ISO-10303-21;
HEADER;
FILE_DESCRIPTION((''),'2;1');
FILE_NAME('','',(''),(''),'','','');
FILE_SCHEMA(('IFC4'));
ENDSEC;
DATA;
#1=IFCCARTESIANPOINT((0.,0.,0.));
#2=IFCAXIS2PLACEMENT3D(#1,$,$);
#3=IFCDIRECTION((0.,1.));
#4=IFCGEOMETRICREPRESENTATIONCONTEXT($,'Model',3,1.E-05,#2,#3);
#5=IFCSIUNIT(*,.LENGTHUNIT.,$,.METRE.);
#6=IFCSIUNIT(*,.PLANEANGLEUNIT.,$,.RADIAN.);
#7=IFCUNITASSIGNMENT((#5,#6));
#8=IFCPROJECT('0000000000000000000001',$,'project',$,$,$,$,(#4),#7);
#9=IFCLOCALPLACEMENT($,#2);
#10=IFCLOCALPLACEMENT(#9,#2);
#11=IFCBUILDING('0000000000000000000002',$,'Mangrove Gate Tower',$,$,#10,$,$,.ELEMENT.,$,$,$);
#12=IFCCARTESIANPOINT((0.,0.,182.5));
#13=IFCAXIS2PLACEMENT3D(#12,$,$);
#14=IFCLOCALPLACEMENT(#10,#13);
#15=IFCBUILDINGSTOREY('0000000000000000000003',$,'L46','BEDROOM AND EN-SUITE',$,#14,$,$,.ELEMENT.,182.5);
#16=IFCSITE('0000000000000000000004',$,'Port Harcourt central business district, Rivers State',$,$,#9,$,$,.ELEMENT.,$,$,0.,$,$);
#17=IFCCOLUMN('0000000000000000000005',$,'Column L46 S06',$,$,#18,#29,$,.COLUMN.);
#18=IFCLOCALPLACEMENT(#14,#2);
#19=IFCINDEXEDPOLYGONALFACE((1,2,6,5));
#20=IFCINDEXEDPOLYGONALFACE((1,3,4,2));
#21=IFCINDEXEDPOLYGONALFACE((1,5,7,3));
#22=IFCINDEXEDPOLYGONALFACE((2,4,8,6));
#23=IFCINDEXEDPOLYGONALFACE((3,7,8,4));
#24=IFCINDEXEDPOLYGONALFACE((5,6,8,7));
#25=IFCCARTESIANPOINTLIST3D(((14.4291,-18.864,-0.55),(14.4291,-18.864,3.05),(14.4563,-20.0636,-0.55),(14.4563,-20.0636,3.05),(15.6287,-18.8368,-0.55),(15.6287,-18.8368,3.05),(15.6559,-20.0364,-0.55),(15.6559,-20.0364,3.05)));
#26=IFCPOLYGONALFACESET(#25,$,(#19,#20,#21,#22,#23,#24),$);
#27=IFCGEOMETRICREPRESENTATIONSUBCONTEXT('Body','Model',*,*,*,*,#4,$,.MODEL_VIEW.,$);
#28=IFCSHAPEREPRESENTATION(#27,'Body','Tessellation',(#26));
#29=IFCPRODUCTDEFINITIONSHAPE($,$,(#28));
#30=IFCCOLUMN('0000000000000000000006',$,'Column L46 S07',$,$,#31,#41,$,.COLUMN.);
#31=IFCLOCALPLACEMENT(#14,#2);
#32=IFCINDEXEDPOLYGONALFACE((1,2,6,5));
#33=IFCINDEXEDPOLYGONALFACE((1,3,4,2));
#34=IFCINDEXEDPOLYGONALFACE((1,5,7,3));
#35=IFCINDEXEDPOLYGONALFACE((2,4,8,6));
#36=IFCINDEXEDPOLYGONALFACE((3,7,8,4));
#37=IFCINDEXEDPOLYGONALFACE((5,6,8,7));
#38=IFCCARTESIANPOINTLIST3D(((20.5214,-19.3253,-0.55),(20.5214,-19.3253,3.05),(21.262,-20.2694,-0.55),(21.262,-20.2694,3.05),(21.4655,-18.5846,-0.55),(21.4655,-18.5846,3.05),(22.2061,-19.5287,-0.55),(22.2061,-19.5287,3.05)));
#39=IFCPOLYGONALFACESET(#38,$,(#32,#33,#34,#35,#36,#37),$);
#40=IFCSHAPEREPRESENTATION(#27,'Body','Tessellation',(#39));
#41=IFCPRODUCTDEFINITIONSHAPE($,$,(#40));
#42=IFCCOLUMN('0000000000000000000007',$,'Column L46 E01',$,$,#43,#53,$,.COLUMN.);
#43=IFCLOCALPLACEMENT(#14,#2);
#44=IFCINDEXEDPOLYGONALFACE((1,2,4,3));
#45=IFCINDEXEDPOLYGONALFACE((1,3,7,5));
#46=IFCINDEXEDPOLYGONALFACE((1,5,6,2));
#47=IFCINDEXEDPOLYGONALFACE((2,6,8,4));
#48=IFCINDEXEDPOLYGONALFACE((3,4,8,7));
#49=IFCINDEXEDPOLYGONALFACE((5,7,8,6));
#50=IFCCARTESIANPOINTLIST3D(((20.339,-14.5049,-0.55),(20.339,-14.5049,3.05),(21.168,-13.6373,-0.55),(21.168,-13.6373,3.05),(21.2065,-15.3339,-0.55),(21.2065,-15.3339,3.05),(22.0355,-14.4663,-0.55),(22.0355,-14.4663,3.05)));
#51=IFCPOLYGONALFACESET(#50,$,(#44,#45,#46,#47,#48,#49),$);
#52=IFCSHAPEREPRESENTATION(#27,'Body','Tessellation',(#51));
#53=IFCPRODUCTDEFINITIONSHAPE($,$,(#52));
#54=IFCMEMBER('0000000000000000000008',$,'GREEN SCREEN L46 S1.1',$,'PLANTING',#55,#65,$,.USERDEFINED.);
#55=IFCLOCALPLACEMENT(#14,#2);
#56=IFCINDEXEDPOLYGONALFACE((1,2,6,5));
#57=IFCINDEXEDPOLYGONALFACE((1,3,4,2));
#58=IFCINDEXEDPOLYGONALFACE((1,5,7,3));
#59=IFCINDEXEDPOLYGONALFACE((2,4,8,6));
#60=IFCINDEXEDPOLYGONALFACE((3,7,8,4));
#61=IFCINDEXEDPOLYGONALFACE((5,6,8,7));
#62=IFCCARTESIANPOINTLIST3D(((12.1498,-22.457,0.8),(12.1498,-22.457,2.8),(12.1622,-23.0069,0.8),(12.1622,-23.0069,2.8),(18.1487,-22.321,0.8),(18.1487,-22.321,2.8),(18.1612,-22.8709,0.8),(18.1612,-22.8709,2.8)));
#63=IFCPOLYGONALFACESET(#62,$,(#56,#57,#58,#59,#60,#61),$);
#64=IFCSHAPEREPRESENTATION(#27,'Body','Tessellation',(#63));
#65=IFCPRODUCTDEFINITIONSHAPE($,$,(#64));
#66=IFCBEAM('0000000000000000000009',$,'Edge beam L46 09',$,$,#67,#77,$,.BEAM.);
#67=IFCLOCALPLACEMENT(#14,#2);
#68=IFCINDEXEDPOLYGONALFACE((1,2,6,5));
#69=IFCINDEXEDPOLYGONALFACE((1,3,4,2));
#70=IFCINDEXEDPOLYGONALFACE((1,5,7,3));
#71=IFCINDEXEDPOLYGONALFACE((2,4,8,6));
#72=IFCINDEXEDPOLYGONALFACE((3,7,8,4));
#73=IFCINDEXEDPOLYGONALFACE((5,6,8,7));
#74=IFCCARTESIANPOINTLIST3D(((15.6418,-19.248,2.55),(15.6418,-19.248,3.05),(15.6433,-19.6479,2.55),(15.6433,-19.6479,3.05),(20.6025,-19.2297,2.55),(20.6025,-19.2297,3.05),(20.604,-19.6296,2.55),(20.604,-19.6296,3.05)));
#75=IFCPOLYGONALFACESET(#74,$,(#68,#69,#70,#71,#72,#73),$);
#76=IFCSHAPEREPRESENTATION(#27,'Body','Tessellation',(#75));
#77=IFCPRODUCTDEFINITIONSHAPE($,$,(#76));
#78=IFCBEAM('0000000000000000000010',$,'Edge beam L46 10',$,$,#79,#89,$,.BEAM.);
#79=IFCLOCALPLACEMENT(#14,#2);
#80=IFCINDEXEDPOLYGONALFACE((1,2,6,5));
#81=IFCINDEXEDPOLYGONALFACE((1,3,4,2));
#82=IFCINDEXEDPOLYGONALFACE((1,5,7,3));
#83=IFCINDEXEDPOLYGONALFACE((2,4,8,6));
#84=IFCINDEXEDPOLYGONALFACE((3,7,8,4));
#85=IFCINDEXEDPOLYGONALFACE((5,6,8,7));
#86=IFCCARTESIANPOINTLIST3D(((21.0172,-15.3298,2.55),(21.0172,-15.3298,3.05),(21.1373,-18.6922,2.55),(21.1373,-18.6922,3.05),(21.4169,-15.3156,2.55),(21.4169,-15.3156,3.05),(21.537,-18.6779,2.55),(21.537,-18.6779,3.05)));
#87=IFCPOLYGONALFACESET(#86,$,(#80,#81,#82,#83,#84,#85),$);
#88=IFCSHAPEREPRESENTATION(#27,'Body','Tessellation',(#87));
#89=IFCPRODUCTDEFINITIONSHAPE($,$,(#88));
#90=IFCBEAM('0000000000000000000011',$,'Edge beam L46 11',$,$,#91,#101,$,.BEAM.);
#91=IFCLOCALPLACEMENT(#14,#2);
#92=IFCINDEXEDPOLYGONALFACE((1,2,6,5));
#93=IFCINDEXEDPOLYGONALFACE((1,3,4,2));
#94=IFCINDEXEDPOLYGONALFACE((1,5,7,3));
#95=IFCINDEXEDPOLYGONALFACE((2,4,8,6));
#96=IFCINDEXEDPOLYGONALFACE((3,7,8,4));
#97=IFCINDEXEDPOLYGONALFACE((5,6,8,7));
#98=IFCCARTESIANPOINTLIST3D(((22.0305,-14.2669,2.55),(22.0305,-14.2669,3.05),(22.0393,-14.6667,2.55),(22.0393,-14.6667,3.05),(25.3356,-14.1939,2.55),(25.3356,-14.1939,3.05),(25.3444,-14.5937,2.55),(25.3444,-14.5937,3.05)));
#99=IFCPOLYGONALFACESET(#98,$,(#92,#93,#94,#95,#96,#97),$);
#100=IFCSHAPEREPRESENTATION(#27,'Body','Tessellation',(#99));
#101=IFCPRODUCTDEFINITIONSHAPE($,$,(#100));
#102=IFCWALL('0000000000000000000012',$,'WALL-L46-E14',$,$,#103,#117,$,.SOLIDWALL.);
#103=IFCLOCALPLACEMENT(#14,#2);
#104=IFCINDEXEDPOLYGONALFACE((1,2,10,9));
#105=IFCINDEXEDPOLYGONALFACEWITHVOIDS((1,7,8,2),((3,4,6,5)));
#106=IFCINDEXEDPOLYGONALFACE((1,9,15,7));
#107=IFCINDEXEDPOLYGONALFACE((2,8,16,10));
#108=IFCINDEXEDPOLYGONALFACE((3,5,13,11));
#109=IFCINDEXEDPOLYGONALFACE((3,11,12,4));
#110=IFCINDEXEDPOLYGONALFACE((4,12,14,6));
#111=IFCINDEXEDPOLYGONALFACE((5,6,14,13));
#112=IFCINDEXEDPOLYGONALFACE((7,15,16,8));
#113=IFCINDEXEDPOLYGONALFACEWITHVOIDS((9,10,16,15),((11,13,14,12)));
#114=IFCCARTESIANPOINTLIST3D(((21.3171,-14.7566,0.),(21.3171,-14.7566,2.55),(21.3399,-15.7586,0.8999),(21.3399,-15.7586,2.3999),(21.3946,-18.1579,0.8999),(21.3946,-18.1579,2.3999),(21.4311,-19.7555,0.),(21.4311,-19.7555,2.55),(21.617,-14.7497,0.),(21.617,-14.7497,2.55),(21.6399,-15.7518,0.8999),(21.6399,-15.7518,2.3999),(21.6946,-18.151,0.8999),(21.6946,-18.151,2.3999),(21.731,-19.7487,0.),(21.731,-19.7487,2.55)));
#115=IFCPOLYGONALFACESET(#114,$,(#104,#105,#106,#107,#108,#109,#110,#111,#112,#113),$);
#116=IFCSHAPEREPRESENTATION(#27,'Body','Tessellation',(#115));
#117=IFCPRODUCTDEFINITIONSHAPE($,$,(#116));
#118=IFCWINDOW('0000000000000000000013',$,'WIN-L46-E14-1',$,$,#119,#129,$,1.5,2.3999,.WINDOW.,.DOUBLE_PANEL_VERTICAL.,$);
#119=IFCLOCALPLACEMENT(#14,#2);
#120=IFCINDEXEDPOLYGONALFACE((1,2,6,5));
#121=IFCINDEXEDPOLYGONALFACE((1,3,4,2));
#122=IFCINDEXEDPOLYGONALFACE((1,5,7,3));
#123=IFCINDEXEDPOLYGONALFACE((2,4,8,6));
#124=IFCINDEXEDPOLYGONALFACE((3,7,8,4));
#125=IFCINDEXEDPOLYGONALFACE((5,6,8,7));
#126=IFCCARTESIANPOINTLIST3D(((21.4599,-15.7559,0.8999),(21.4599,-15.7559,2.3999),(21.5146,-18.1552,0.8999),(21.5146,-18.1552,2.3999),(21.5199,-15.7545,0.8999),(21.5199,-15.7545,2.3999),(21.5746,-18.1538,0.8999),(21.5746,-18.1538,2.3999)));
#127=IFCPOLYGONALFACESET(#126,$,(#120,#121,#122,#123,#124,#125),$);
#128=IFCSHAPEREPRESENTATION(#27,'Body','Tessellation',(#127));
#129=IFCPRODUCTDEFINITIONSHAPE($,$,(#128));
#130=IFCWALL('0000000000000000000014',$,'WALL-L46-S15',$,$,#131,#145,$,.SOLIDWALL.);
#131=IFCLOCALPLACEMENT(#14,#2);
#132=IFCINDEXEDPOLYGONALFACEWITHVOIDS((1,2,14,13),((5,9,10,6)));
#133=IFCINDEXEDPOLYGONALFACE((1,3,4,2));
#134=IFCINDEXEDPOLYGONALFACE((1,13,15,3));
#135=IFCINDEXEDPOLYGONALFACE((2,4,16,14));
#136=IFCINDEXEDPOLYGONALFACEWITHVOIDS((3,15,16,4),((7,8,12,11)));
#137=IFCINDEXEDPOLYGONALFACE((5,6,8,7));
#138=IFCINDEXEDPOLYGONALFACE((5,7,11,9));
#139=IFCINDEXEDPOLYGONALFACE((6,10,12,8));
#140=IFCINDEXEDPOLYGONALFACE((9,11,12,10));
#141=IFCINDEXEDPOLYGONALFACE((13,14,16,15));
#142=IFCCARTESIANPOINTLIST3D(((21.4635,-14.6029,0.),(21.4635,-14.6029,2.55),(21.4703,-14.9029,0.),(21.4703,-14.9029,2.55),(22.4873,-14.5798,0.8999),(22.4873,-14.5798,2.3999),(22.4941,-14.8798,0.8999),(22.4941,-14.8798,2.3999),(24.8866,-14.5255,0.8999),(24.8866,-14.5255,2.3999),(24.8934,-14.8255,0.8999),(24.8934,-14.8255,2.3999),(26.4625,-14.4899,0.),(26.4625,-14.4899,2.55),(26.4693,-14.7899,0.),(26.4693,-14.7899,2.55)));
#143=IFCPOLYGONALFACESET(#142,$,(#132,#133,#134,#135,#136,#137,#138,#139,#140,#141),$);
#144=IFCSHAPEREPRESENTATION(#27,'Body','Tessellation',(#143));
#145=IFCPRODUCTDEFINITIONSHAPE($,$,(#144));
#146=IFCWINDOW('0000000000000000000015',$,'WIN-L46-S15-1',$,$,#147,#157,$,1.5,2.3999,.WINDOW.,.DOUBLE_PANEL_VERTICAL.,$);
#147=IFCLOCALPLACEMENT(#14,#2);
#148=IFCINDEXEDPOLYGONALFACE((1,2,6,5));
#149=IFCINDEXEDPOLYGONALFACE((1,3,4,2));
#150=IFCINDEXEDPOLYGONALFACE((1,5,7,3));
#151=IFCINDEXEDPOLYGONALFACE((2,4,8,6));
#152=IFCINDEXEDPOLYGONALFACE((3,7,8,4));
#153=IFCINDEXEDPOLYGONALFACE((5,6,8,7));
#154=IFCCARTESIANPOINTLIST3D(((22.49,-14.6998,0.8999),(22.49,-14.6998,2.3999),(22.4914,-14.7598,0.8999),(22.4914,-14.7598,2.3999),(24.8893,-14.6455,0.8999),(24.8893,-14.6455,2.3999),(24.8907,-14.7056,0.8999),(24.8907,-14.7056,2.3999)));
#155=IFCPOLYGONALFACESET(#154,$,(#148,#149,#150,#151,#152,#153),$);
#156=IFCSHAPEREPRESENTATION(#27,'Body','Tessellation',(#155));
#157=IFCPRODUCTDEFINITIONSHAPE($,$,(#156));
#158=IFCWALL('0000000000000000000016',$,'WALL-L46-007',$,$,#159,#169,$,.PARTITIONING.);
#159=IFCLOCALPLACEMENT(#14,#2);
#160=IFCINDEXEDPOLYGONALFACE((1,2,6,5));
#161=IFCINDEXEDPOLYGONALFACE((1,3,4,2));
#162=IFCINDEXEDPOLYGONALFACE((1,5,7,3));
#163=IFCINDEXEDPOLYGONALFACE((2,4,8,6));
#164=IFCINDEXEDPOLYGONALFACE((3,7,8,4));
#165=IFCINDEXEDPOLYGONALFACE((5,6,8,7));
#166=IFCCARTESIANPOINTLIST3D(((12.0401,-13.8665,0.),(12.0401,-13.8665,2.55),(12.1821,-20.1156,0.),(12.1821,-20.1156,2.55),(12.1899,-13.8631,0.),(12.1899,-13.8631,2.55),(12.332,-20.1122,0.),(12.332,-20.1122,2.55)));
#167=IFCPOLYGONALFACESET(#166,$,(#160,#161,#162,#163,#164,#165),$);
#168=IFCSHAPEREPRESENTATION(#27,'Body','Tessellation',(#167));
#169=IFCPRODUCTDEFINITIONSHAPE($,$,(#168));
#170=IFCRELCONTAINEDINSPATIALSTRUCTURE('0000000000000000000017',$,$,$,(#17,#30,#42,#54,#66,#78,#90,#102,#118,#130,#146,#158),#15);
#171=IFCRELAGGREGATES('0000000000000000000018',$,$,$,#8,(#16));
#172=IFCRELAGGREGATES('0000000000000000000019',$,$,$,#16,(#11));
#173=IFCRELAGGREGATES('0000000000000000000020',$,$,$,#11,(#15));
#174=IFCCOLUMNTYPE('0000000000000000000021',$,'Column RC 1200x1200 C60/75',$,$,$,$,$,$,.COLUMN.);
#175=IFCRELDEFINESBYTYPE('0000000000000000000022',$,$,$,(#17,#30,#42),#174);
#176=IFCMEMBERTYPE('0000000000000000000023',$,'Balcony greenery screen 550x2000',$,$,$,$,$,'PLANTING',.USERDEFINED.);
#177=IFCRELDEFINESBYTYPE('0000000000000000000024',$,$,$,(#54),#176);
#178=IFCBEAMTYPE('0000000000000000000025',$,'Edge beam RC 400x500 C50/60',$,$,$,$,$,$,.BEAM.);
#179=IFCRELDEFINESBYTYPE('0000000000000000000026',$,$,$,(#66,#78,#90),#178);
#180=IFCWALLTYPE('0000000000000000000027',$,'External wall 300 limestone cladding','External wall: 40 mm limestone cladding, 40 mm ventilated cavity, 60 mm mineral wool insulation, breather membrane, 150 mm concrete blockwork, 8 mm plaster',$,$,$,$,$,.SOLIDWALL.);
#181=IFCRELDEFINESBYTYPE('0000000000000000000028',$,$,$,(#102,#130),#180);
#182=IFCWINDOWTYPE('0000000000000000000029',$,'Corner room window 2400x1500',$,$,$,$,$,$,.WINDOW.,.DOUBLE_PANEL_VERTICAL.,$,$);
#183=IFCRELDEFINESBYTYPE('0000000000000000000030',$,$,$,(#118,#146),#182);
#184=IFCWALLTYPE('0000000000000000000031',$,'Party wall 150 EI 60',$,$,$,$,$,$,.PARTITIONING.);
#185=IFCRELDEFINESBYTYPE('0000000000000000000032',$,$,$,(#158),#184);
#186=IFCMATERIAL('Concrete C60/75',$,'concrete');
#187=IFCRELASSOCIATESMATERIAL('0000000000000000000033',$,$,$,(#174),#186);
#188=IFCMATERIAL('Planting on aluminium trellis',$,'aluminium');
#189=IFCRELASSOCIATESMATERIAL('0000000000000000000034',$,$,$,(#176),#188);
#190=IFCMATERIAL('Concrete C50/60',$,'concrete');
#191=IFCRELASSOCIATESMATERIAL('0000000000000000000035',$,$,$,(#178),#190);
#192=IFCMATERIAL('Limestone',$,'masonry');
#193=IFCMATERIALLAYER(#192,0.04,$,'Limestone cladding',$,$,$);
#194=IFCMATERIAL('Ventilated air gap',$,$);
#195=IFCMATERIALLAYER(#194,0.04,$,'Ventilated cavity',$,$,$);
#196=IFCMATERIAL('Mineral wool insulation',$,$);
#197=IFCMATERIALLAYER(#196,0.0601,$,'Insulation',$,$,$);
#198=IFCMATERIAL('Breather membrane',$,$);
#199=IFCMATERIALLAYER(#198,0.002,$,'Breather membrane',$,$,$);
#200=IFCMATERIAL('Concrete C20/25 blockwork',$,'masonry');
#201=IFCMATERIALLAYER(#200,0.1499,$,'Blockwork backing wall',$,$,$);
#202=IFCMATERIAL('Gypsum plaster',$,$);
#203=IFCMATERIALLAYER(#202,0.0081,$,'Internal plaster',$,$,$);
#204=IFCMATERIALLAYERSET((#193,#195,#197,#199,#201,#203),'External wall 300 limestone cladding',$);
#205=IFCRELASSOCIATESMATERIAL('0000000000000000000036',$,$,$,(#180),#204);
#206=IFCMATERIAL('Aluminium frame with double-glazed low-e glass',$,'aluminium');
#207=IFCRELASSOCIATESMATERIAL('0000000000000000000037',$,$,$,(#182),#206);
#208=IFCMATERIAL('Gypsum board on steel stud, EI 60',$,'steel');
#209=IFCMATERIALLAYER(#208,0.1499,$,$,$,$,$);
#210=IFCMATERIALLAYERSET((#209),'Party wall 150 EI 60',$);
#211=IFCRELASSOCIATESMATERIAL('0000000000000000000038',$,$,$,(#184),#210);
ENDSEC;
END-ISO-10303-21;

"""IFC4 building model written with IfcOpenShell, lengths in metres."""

from ifc_helpers import new_model, si_unit, direction, frame, frame_2d, origin, origin_2d, place, context, subcontext, project, spatial, rectangle, extrude, material, layer, layer_set, material_profile, profile_set, type_object, element, fill, save


model = new_model("IFC4")

# Units and contexts
model_context = context("Model", 3, precision=1e-05, world=origin(), true_north=direction((0.0, 1.0)))
body_context = subcontext(model_context, "Body", "Model", "MODEL_VIEW")
ifc_project = project(units=[si_unit("LENGTHUNIT", "METRE"), si_unit("PLANEANGLEUNIT", "RADIAN")], contexts=[model_context])

# Site, building, storey
site_placement = place(None, origin())
site = spatial("IfcSite", under=ifc_project, at=site_placement, Name="Port Harcourt central business district, Rivers State", CompositionType="ELEMENT", RefElevation=0.0)
building_placement = place(site_placement, origin())
building = spatial("IfcBuilding", under=site, at=building_placement, Name="Mangrove Gate Tower", CompositionType="ELEMENT")
storey_placement = place(building_placement, frame((0.0, 0.0, 182.5)))
storey = spatial("IfcBuildingStorey", under=building, at=storey_placement, Name="L46", Description="BEDROOM AND EN-SUITE", CompositionType="ELEMENT", Elevation=182.5)

# Columns
ifc_material_1 = material(Name="Concrete C60/75", Category="concrete")
ifc_material_profile_1 = material_profile(ifc_material_1, rectangle(XDim=1.2, YDim=1.2, at=origin_2d()))
ifc_profile_set_1 = profile_set([ifc_material_profile_1], Name="Concrete C60/75")
column_type = type_object("IfcColumnType", Name="Column RC 1200x1200 C60/75", PredefinedType="COLUMN", material=ifc_profile_set_1)
for number, where, z_axis, x_axis, name in (
    (1, (15.0425, -19.4502, -0.55), (0.0, 0.0, 1.0), (0.999743, 0.022681, 0.0), "Column L46 S06"),
    (2, (21.3638, -19.427, -0.55), (0.0, 0.0, 1.0), (0.786796, 0.617213, 0.0), "Column L46 S07"),
    (3, (21.1873, -14.4856, -0.55), (0.0, 0.0, 1.0), (0.690873, 0.722977, 0.0), "Column L46 E01"),
):
    element("IfcColumn", number, at=place(storey_placement, frame(where, z_axis=z_axis, x_axis=x_axis)), inside=storey, type_object=column_type, Name=name, PredefinedType="COLUMN", context=body_context, shape_type="SweptSolid", body=[
        extrude(rectangle(XDim=1.2, YDim=1.2, at=origin_2d()), origin(), (0.0, 0.0, 1.0), 3.6001),
    ])

# Member
ifc_material_2 = material(Name="Planting on aluminium trellis", Category="aluminium")
ifc_material_profile_2 = material_profile(ifc_material_2, rectangle(XDim=0.55, YDim=2.0, at=origin_2d()))
ifc_profile_set_2 = profile_set([ifc_material_profile_2], Name="Planting on aluminium trellis")
member_type = type_object("IfcMemberType", Name="Balcony greenery screen 550x2000", ElementType="PLANTING", PredefinedType="USERDEFINED", material=ifc_profile_set_2)
member_placement = place(storey_placement, frame((12.156, -22.7319, 1.8), z_axis=(0.999743, 0.022662, 0.0), x_axis=(-0.022662, 0.999743, 0.0)))
element("IfcMember", 4, at=member_placement, inside=storey, type_object=member_type, Name="GREEN SCREEN L46 S1.1", ObjectType="PLANTING", PredefinedType="USERDEFINED", context=body_context, shape_type="SweptSolid", body=[
    extrude(rectangle(XDim=0.55, YDim=2.0, at=origin_2d()), origin(), (0.0, 0.0, 1.0), 6.0005),
])

# Beams
ifc_material_3 = material(Name="Concrete C50/60", Category="concrete")
ifc_material_profile_3 = material_profile(ifc_material_3, rectangle(XDim=0.3999, YDim=0.5, at=origin_2d()))
ifc_profile_set_3 = profile_set([ifc_material_profile_3], Name="Concrete C50/60")
beam_type = type_object("IfcBeamType", Name="Edge beam RC 400x500 C50/60", PredefinedType="BEAM", material=ifc_profile_set_3)
beam_1_placement = place(storey_placement, frame((15.6426, -19.448, 2.8), z_axis=(0.999993, 0.003691, 0.0), x_axis=(-0.003691, 0.999993, 0.0)))
element("IfcBeam", 5, at=beam_1_placement, inside=storey, type_object=beam_type, Name="Edge beam L46 09", PredefinedType="BEAM", context=body_context, shape_type="SweptSolid", body=[
    extrude(rectangle(XDim=0.3999, YDim=0.5, at=origin_2d()), origin(), (0.0, 0.0, 1.0), 4.9607),
])
beam_2_placement = place(storey_placement, frame((21.3372, -18.6851, 2.8), z_axis=(-0.035702, 0.999362, 0.0), x_axis=(-0.999362, -0.035702, 0.0)))
element("IfcBeam", 6, at=beam_2_placement, inside=storey, type_object=beam_type, Name="Edge beam L46 10", PredefinedType="BEAM", context=body_context, shape_type="SweptSolid", body=[
    extrude(rectangle(XDim=0.3999, YDim=0.5, at=origin_2d()), origin(), (0.0, 0.0, 1.0), 3.3645),
])
beam_3_placement = place(storey_placement, frame((22.0349, -14.4668, 2.8), z_axis=(0.999756, 0.022081, 0.0), x_axis=(-0.022081, 0.999756, 0.0)))
element("IfcBeam", 7, at=beam_3_placement, inside=storey, type_object=beam_type, Name="Edge beam L46 11", PredefinedType="BEAM", context=body_context, shape_type="SweptSolid", body=[
    extrude(rectangle(XDim=0.3999, YDim=0.5, at=origin_2d()), origin(), (0.0, 0.0, 1.0), 3.3059),
])

# Shared definitions
ifc_material_4 = material(Name="Limestone", Category="masonry")
ifc_layer_1 = layer(ifc_material_4, 0.04, Name="Limestone cladding")
ifc_material_5 = material(Name="Ventilated air gap")
ifc_layer_2 = layer(ifc_material_5, 0.04, Name="Ventilated cavity")
ifc_material_6 = material(Name="Mineral wool insulation")
ifc_layer_3 = layer(ifc_material_6, 0.0601, Name="Insulation")
ifc_material_7 = material(Name="Breather membrane")
ifc_layer_4 = layer(ifc_material_7, 0.002, Name="Breather membrane")
ifc_material_8 = material(Name="Concrete C20/25 blockwork", Category="masonry")
ifc_layer_5 = layer(ifc_material_8, 0.1499, Name="Blockwork backing wall")
ifc_material_9 = material(Name="Gypsum plaster")
ifc_layer_6 = layer(ifc_material_9, 0.0081, Name="Internal plaster")
ifc_layer_set_1 = layer_set([ifc_layer_1, ifc_layer_2, ifc_layer_3, ifc_layer_4, ifc_layer_5, ifc_layer_6], Name="External wall 300 limestone cladding")
wall_type_1 = type_object("IfcWallType", Name="External wall 300 limestone cladding", Description="External wall: 40 mm limestone cladding, 40 mm ventilated cavity, 60 mm mineral wool insulation, breather membrane, 150 mm concrete blockwork, 8 mm plaster", PredefinedType="SOLIDWALL", material=ifc_layer_set_1)

# Walls, openings, windows
wall_1_placement = place(storey_placement, frame((21.5811, -19.752, 0.0), z_axis=(0.0, 0.0, 1.0), x_axis=(-0.022801, 0.99974, 0.0)))
wall_1 = element("IfcWall", 8, at=wall_1_placement, inside=storey, type_object=wall_type_1, Name="WALL-L46-E14", PredefinedType="SOLIDWALL", context=body_context, shape_type="SweptSolid", body=[
    extrude(rectangle(XDim=5.0002, YDim=0.3, at=frame_2d((2.5, 0.0))), origin(), (0.0, 0.0, 1.0), 2.55),
])
opening_1_placement = place(wall_1_placement, frame((1.5979, 0.0, 0.8999)))
opening_1 = element("IfcOpeningElement", 9, at=opening_1_placement, cuts=wall_1, PredefinedType="OPENING", context=body_context, shape_type="SweptSolid", body=[
    extrude(rectangle(XDim=2.3999, YDim=1.5, at=frame_2d((1.2, 0.75))), frame((0.0, 0.1599, 0.0), z_axis=(0.0, -1.0, 0.0), x_axis=(1.0, 0.0, 0.0)), (0.0, 0.0, 1.0), 0.3201),
])
ifc_material_10 = material(Name="Aluminium frame with double-glazed low-e glass", Category="aluminium")
window_type_1 = type_object("IfcWindowType", Name="Corner room window 2400x1500", PartitioningType="DOUBLE_PANEL_VERTICAL", PredefinedType="WINDOW", material=ifc_material_10)
window_1_placement = place(opening_1_placement, origin())
window_1 = element("IfcWindow", 10, at=window_1_placement, inside=storey, type_object=window_type_1, Name="WIN-L46-E14-1", OverallHeight=1.5, OverallWidth=2.3999, PartitioningType="DOUBLE_PANEL_VERTICAL", PredefinedType="WINDOW", context=body_context, shape_type="SweptSolid", body=[
    extrude(rectangle(XDim=2.3999, YDim=1.5, at=frame_2d((1.2, 0.75))), frame((0.0, 0.03, 0.0), z_axis=(0.0, -1.0, 0.0), x_axis=(1.0, 0.0, 0.0)), (0.0, 0.0, 1.0), 0.0601),
])
fill(opening_1, window_1)
wall_2_placement = place(storey_placement, frame((21.467, -14.7529, 0.0), z_axis=(0.0, 0.0, 1.0), x_axis=(0.999744, 0.022606, 0.0)))
wall_2 = element("IfcWall", 11, at=wall_2_placement, inside=storey, type_object=wall_type_1, Name="WALL-L46-S15", PredefinedType="SOLIDWALL", context=body_context, shape_type="SweptSolid", body=[
    extrude(rectangle(XDim=5.0002, YDim=0.3, at=frame_2d((2.5, 0.0))), origin(), (0.0, 0.0, 1.0), 2.55),
])
opening_2_placement = place(wall_2_placement, frame((1.0239, 0.0, 0.8999)))
opening_2 = element("IfcOpeningElement", 12, at=opening_2_placement, cuts=wall_2, PredefinedType="OPENING", context=body_context, shape_type="SweptSolid", body=[
    extrude(rectangle(XDim=2.3999, YDim=1.5, at=frame_2d((1.2, 0.75))), frame((0.0, 0.1599, 0.0), z_axis=(0.0, -1.0, 0.0), x_axis=(1.0, 0.0, 0.0)), (0.0, 0.0, 1.0), 0.3201),
])
window_2_placement = place(opening_2_placement, origin())
window_2 = element("IfcWindow", 13, at=window_2_placement, inside=storey, type_object=window_type_1, Name="WIN-L46-S15-1", OverallHeight=1.5, OverallWidth=2.3999, PartitioningType="DOUBLE_PANEL_VERTICAL", PredefinedType="WINDOW", context=body_context, shape_type="SweptSolid", body=[
    extrude(rectangle(XDim=2.3999, YDim=1.5, at=frame_2d((1.2, 0.75))), frame((0.0, 0.03, 0.0), z_axis=(0.0, -1.0, 0.0), x_axis=(1.0, 0.0, 0.0)), (0.0, 0.0, 1.0), 0.0601),
])
fill(opening_2, window_2)

# Wall
ifc_material_11 = material(Name="Gypsum board on steel stud, EI 60", Category="steel")
ifc_layer_7 = layer(ifc_material_11, 0.1499)
ifc_layer_set_2 = layer_set([ifc_layer_7], Name="Party wall 150 EI 60")
wall_type_2 = type_object("IfcWallType", Name="Party wall 150 EI 60", PredefinedType="PARTITIONING", material=ifc_layer_set_2)
wall_3_placement = place(storey_placement, frame((12.2571, -20.114, 0.0), z_axis=(0.0, 0.0, 1.0), x_axis=(-0.022732, 0.999742, 0.0)))
element("IfcWall", 14, at=wall_3_placement, inside=storey, type_object=wall_type_2, Name="WALL-L46-007", PredefinedType="PARTITIONING", context=body_context, shape_type="SweptSolid", body=[
    extrude(rectangle(XDim=6.2507, YDim=0.1499, at=frame_2d((3.1255, 0.0))), origin(), (0.0, 0.0, 1.0), 2.55),
])

save(model, "model.ifc")
